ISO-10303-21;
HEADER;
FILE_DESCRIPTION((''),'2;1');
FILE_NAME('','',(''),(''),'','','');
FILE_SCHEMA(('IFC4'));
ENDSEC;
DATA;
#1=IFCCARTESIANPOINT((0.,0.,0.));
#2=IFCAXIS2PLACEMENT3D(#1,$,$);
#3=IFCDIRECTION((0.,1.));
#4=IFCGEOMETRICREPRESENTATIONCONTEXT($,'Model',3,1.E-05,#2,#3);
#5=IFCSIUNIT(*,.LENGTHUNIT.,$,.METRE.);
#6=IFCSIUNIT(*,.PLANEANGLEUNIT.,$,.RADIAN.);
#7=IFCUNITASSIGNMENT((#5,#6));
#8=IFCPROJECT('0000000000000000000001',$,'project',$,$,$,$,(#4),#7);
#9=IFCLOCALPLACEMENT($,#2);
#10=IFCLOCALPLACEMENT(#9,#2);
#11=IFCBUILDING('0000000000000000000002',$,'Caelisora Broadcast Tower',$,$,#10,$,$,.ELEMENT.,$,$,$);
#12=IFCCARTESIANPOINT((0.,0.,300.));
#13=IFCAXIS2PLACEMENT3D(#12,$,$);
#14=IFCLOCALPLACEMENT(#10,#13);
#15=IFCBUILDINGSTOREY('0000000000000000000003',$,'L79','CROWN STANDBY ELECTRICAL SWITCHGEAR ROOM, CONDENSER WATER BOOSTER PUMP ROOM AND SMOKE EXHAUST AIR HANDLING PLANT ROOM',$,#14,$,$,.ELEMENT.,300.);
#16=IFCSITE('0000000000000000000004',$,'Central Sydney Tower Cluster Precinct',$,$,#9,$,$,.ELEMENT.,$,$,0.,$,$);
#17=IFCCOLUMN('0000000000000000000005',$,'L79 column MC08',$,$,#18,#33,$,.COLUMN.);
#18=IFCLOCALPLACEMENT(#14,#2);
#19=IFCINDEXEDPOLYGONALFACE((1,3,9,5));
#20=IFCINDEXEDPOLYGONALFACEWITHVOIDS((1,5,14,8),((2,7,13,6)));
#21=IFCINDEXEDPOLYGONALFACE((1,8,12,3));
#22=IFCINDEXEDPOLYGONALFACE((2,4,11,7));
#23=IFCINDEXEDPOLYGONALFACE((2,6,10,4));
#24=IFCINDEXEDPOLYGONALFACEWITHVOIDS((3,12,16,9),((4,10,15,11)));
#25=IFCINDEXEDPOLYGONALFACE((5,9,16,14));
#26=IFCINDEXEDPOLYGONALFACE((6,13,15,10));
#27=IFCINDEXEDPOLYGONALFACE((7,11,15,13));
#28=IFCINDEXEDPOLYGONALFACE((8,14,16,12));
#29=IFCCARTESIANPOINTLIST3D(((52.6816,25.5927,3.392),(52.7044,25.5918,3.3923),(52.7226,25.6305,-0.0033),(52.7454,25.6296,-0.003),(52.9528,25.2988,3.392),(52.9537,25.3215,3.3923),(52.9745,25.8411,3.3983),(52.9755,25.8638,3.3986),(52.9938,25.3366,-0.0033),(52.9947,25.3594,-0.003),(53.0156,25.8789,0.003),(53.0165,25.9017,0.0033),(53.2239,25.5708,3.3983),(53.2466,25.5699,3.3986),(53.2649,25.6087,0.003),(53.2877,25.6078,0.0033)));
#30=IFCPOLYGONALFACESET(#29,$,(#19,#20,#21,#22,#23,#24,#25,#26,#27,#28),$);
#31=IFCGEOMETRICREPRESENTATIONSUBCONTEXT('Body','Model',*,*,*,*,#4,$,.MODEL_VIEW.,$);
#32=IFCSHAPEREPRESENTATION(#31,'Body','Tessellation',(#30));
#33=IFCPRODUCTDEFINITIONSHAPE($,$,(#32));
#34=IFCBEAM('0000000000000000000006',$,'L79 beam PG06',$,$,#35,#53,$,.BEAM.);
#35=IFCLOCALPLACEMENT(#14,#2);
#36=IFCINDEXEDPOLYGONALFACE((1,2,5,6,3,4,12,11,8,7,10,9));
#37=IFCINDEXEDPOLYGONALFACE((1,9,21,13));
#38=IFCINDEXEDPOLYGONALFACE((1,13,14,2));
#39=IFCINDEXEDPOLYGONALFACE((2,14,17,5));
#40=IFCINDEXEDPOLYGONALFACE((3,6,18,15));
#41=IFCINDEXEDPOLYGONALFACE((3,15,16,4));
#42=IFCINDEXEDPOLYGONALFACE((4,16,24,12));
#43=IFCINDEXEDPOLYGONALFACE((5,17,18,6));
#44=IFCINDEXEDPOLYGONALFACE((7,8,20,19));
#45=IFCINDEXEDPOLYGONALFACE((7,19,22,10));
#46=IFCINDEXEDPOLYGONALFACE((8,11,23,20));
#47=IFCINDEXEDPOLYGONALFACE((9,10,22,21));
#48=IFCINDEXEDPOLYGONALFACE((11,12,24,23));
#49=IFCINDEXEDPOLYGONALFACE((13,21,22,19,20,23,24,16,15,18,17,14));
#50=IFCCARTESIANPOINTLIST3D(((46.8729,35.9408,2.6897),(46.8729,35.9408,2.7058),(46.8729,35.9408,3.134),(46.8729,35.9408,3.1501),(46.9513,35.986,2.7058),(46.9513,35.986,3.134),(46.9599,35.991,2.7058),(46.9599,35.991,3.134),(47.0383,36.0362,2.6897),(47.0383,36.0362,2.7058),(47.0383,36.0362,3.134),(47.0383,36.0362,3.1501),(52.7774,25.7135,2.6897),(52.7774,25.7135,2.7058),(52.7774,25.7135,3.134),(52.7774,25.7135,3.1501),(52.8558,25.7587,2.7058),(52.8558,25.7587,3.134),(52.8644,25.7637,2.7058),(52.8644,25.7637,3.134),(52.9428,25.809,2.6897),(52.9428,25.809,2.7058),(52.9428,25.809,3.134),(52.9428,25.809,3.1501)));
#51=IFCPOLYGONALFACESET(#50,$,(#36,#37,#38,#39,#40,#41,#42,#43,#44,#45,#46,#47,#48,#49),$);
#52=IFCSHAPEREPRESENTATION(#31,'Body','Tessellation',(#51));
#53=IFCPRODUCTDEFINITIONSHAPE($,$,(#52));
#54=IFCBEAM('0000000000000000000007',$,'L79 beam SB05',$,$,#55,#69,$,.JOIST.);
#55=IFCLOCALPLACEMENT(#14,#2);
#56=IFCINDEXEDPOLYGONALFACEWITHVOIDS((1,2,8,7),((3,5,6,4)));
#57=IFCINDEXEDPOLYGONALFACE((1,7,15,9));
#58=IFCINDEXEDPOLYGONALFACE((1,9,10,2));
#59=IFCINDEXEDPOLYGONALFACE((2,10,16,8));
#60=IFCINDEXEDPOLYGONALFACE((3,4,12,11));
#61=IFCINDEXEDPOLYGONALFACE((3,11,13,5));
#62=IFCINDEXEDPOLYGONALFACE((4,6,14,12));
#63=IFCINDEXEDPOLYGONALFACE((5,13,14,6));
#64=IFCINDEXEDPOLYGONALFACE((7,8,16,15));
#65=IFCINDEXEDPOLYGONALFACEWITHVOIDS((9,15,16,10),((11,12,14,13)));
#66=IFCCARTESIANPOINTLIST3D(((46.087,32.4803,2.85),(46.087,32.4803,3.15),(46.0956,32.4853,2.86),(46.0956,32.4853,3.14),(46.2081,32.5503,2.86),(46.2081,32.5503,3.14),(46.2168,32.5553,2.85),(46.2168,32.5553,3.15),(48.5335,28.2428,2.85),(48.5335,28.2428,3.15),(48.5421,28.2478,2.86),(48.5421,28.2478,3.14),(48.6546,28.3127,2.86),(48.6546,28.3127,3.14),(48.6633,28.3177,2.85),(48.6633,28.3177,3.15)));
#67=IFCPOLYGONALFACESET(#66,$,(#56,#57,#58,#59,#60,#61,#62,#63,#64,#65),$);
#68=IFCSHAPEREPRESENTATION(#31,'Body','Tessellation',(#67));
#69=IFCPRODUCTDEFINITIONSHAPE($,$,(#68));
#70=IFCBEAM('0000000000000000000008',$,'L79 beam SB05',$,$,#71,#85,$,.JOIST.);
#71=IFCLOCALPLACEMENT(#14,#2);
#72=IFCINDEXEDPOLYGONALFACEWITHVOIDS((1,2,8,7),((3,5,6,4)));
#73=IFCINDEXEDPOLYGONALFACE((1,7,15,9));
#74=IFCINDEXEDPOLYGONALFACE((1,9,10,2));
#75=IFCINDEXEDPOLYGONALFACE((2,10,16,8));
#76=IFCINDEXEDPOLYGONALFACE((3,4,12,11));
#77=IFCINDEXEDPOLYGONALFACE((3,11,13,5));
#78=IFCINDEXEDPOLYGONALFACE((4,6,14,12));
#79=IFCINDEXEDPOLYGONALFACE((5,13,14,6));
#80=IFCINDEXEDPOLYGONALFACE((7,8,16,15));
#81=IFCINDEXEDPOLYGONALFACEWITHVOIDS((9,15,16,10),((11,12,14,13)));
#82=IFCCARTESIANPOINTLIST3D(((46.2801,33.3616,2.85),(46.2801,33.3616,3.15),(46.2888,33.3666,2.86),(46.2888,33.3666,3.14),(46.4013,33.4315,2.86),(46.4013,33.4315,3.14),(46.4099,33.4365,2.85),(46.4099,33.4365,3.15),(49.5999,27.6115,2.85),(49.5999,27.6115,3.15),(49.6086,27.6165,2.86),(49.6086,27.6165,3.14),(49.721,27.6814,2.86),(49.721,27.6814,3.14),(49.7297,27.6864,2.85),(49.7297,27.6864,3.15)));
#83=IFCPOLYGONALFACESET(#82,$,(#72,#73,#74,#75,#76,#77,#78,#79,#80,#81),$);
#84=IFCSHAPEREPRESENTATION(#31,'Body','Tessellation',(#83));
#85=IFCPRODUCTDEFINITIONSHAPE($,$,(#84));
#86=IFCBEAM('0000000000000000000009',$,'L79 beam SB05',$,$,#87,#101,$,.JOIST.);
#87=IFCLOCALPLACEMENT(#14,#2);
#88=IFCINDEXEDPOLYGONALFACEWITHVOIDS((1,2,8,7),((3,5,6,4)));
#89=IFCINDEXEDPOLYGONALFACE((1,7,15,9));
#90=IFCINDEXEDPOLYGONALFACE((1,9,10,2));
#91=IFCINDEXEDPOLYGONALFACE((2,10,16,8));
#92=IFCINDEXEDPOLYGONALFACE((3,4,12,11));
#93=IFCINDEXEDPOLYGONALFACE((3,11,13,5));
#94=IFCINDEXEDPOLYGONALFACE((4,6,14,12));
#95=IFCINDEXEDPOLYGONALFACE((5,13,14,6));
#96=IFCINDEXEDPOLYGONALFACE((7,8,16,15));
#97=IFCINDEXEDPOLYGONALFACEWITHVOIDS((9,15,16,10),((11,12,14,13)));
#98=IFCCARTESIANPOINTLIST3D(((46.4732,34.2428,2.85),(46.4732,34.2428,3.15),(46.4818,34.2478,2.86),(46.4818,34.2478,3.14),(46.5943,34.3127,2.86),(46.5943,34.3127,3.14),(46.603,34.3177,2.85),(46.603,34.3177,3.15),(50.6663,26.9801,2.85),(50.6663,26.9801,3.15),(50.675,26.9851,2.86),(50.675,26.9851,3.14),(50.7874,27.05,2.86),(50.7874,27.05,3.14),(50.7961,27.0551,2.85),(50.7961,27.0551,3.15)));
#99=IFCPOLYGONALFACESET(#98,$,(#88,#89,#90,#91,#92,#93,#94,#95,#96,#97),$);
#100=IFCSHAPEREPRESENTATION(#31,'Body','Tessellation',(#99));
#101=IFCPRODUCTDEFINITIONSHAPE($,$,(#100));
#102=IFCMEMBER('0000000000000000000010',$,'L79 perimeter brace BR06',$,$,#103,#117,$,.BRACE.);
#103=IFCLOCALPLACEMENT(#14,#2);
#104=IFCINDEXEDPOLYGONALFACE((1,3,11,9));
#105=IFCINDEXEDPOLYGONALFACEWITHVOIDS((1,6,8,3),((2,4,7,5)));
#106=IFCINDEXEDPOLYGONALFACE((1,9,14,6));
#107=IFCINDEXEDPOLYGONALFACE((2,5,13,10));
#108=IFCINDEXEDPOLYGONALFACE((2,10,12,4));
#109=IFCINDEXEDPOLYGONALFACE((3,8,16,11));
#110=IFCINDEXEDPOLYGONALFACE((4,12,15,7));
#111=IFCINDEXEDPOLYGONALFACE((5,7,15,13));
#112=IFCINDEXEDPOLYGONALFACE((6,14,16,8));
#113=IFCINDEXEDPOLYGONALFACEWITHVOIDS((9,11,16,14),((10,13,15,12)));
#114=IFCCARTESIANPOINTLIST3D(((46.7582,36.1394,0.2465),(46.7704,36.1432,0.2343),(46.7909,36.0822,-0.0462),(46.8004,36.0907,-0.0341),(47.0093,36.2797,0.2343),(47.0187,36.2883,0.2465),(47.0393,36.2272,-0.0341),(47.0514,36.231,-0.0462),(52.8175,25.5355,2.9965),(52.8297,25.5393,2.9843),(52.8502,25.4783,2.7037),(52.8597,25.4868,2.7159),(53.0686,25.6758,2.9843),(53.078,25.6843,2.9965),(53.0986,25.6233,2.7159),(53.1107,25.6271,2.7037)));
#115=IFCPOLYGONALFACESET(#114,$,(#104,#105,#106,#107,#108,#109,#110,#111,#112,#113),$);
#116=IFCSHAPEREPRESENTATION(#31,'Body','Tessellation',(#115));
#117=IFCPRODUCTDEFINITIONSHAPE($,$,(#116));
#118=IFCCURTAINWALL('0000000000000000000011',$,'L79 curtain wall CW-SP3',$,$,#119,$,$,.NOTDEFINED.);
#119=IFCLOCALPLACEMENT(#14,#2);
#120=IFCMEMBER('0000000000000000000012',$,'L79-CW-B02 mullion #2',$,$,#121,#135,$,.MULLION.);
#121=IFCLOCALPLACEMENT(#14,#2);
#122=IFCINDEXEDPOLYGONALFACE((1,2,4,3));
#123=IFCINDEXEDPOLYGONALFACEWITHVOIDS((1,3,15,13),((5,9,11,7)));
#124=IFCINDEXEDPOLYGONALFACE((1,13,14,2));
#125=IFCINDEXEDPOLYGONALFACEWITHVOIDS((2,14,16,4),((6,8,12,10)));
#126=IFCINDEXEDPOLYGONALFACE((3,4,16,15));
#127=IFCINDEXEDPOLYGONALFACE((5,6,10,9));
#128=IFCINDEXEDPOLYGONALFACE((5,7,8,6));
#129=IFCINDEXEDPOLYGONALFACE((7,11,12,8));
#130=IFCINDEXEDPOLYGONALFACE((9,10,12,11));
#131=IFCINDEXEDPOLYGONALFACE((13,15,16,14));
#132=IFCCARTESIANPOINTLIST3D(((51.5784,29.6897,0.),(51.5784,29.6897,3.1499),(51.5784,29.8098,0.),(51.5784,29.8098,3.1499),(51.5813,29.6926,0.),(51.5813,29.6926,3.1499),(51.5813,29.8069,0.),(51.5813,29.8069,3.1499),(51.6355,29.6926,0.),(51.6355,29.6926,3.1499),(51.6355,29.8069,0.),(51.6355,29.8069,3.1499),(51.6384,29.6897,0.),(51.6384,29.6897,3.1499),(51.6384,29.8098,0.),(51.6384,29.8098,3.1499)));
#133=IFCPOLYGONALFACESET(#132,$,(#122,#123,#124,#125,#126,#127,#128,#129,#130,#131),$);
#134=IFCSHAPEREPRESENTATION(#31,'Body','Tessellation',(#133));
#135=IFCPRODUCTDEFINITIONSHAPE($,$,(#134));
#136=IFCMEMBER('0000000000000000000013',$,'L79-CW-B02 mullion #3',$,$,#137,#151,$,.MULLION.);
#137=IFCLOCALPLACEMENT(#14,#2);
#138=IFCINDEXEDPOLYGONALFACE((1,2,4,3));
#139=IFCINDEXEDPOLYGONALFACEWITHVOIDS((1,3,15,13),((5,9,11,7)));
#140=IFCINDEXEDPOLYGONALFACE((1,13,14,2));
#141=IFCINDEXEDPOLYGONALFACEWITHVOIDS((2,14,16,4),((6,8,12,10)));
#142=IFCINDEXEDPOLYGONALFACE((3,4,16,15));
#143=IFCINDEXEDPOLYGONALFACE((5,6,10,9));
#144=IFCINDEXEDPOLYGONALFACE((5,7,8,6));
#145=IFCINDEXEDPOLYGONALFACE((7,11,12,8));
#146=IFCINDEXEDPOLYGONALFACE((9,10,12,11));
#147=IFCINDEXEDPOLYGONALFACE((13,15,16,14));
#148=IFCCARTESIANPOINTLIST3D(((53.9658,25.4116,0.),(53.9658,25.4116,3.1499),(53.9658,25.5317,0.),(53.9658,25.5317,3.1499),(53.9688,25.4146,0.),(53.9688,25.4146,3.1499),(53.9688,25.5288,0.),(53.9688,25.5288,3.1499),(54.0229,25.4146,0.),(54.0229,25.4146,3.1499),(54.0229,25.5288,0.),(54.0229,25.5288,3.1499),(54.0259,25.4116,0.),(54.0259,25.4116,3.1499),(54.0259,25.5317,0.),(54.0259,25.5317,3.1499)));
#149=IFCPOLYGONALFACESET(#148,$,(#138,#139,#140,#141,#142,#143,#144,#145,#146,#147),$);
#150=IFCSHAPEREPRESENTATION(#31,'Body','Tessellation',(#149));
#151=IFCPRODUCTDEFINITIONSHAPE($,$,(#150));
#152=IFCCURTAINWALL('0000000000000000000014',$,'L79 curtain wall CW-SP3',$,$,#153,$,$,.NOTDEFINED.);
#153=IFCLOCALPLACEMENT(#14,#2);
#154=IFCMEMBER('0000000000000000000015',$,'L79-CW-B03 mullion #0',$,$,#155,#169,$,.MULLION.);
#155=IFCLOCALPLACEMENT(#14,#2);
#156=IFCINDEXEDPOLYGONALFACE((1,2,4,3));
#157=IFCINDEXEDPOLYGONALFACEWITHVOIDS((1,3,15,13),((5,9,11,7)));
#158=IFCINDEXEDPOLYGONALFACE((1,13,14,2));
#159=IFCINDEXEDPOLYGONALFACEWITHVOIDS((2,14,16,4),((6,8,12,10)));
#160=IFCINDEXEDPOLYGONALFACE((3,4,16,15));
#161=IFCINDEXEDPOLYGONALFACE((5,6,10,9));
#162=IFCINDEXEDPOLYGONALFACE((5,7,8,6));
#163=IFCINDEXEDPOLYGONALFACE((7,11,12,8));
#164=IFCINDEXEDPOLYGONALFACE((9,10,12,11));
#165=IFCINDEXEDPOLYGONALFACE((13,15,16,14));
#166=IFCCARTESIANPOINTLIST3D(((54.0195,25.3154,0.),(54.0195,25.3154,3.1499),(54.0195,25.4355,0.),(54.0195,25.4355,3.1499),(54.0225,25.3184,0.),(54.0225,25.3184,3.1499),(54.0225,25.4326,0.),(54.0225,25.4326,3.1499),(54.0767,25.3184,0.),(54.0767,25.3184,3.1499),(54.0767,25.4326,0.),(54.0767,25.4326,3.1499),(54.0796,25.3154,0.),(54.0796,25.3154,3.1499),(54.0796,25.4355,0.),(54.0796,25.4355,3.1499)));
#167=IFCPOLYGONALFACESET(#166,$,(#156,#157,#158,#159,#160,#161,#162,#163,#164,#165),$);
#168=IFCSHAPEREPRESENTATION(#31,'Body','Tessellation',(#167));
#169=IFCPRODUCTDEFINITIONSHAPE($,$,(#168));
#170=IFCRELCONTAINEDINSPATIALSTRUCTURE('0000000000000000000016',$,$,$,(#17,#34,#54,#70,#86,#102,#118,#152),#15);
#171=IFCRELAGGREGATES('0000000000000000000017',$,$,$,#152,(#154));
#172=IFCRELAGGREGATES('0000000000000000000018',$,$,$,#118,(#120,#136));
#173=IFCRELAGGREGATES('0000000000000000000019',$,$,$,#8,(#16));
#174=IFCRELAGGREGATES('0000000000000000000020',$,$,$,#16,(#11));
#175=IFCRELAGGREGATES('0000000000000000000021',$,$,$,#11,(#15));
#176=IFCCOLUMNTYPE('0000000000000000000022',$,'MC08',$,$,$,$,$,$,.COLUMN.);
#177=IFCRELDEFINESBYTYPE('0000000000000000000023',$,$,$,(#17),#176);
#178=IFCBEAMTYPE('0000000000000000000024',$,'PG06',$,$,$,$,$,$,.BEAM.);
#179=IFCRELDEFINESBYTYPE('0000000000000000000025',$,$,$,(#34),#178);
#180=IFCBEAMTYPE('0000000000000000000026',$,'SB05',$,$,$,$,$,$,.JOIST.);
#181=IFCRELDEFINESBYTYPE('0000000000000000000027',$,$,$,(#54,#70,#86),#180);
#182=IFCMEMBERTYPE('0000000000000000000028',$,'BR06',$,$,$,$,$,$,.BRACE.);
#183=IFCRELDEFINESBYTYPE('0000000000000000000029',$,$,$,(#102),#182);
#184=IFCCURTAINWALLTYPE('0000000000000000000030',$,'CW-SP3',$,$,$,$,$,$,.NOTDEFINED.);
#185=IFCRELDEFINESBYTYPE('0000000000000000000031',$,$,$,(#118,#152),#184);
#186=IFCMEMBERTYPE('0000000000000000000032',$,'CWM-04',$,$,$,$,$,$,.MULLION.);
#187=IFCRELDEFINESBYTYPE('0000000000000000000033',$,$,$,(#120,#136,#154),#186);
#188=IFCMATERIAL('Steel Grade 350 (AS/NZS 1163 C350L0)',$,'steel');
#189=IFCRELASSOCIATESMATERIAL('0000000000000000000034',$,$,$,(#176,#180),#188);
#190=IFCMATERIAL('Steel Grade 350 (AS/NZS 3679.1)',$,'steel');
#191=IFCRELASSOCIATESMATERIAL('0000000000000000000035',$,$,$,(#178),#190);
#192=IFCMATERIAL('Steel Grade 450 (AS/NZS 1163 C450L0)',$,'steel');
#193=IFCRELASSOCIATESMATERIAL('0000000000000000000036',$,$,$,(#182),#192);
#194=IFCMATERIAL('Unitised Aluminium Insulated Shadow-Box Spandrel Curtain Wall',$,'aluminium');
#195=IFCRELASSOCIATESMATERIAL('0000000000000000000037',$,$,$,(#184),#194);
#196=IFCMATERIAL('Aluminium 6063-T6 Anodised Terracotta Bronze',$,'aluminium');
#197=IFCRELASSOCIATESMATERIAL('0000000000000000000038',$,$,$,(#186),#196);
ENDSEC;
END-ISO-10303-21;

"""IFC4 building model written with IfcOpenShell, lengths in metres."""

from ifc_helpers import new_model, si_unit, direction, frame, origin, origin_2d, place, context, subcontext, project, spatial, hollow_rectangle, i_section, extrude, source, transform, mapped, material, material_profile, profile_set, type_object, type_shapes, element, aggregate, save


model = new_model("IFC4")

# Units and contexts
model_context = context("Model", 3, precision=1e-05, world=origin(), true_north=direction((0.0, 1.0)))
body_context = subcontext(model_context, "Body", "Model", "MODEL_VIEW")
ifc_project = project(units=[si_unit("LENGTHUNIT", "METRE"), si_unit("PLANEANGLEUNIT", "RADIAN")], contexts=[model_context])

# Site, building, storey
site_placement = place(None, origin())
site = spatial("IfcSite", under=ifc_project, at=site_placement, Name="Central Sydney Tower Cluster Precinct", CompositionType="ELEMENT", RefElevation=0.0)
building_placement = place(site_placement, origin())
building = spatial("IfcBuilding", under=site, at=building_placement, Name="Caelisora Broadcast Tower", CompositionType="ELEMENT")
storey_placement = place(building_placement, frame((0.0, 0.0, 300.0)))
storey = spatial("IfcBuildingStorey", under=building, at=storey_placement, Name="L79", Description="CROWN STANDBY ELECTRICAL SWITCHGEAR ROOM, CONDENSER WATER BOOSTER PUMP ROOM AND SMOKE EXHAUST AIR HANDLING PLANT ROOM", CompositionType="ELEMENT", Elevation=300.0)

# Column
ifc_material_1 = material(Name="Steel Grade 350 (AS/NZS 1163 C350L0)", Category="steel")
ifc_material_profile_1 = material_profile(ifc_material_1, hollow_rectangle(XDim=0.3999, YDim=0.3999, WallThickness=0.0161, at=origin_2d()), Name="Steel Grade 350 (AS/NZS 1163 C350L0)")
ifc_profile_set_1 = profile_set([ifc_material_profile_1], Name="Steel Grade 350 (AS/NZS 1163 C350L0)")
column_type = type_object("IfcColumnType", Name="MC08", PredefinedType="COLUMN", material=ifc_profile_set_1)
shared_shape_1 = source(origin(), body_context, "Body", "SweptSolid", [
    extrude(hollow_rectangle(XDim=0.3999, YDim=0.3999, WallThickness=0.0161, at=origin_2d()), origin(), (0.0, 0.0, 1.0), 3.3958),
])
type_shapes(column_type, [shared_shape_1])
column_placement = place(storey_placement, frame((53.0051, 25.6191, 0.0), z_axis=(-0.012079, -0.011144, 0.999865), x_axis=(0.678098, -0.734971, 0.0)))
element("IfcColumn", 1, at=column_placement, inside=storey, type_object=column_type, Name="L79 column MC08", PredefinedType="COLUMN", context=body_context, shape_type="MappedRepresentation", body=[
    mapped(shared_shape_1, transform((0.0, 0.0, 0.0), scale=1.0)),
])

# Beams
ifc_material_2 = material(Name="Steel Grade 350 (AS/NZS 3679.1)", Category="steel")
ifc_material_profile_2 = material_profile(ifc_material_2, i_section(OverallWidth=0.1909, OverallDepth=0.4604, WebThickness=0.01, FlangeThickness=0.0161, at=origin_2d()), Name="Steel Grade 350 (AS/NZS 3679.1)")
ifc_profile_set_2 = profile_set([ifc_material_profile_2], Name="Steel Grade 350 (AS/NZS 3679.1)")
beam_type_1 = type_object("IfcBeamType", Name="PG06", PredefinedType="BEAM", material=ifc_profile_set_2)
shared_shape_2 = source(origin(), body_context, "Body", "SweptSolid", [
    extrude(i_section(OverallWidth=0.1909, OverallDepth=0.4604, WebThickness=0.01, FlangeThickness=0.0161, at=origin_2d()), origin(), (0.0, 0.0, 1.0), 11.8093),
])
type_shapes(beam_type_1, [shared_shape_2])
beam_1_placement = place(storey_placement, frame((52.8601, 25.7612, 2.9199), z_axis=(-0.499988, 0.866032, 0.0), x_axis=(-0.866032, -0.499988, 0.0)))
element("IfcBeam", 2, at=beam_1_placement, inside=storey, type_object=beam_type_1, Name="L79 beam PG06", PredefinedType="BEAM", context=body_context, shape_type="MappedRepresentation", body=[
    mapped(shared_shape_2, transform((0.0, 0.0, 0.0), scale=1.0)),
])
ifc_material_profile_3 = material_profile(ifc_material_1, hollow_rectangle(XDim=0.1499, YDim=0.3, WallThickness=0.01, at=origin_2d()), Name="Steel Grade 350 (AS/NZS 1163 C350L0)")
ifc_profile_set_3 = profile_set([ifc_material_profile_3], Name="Steel Grade 350 (AS/NZS 1163 C350L0)")
beam_type_2 = type_object("IfcBeamType", Name="SB05", PredefinedType="JOIST", material=ifc_profile_set_3)
shared_shape_3 = source(origin(), body_context, "Body", "SweptSolid", [
    extrude(hollow_rectangle(XDim=0.1499, YDim=0.3, WallThickness=0.01, at=origin_2d()), origin(), (0.0, 0.0, 1.0), 4.8931),
])
beam_2_placement = place(storey_placement, frame((48.5984, 28.2803, 3.0), z_axis=(-0.499997, 0.866027, 0.0), x_axis=(-0.866027, -0.499997, 0.0)))
element("IfcBeam", 3, at=beam_2_placement, inside=storey, type_object=beam_type_2, Name="L79 beam SB05", PredefinedType="JOIST", context=body_context, shape_type="MappedRepresentation", body=[
    mapped(shared_shape_3, transform((0.0, 0.0, 0.0), scale=1.0)),
])
shared_shape_4 = source(origin(), body_context, "Body", "SweptSolid", [
    extrude(hollow_rectangle(XDim=0.1499, YDim=0.3, WallThickness=0.01, at=origin_2d()), origin(), (0.0, 0.0, 1.0), 6.6396),
])
beam_3_placement = place(storey_placement, frame((49.6648, 27.6489, 3.0), z_axis=(-0.499991, 0.866031, 0.0), x_axis=(-0.866031, -0.499991, 0.0)))
element("IfcBeam", 4, at=beam_3_placement, inside=storey, type_object=beam_type_2, Name="L79 beam SB05", PredefinedType="JOIST", context=body_context, shape_type="MappedRepresentation", body=[
    mapped(shared_shape_4, transform((0.0, 0.0, 0.0), scale=1.0)),
])
shared_shape_5 = source(origin(), body_context, "Body", "SweptSolid", [
    extrude(hollow_rectangle(XDim=0.1499, YDim=0.3, WallThickness=0.01, at=origin_2d()), origin(), (0.0, 0.0, 1.0), 8.3862),
])
type_shapes(beam_type_2, [shared_shape_3, shared_shape_4, shared_shape_5])
beam_4_placement = place(storey_placement, frame((50.7312, 27.0176, 3.0), z_axis=(-0.5, 0.866026, 0.0), x_axis=(-0.866026, -0.5, 0.0)))
element("IfcBeam", 5, at=beam_4_placement, inside=storey, type_object=beam_type_2, Name="L79 beam SB05", PredefinedType="JOIST", context=body_context, shape_type="MappedRepresentation", body=[
    mapped(shared_shape_5, transform((0.0, 0.0, 0.0), scale=1.0)),
])

# Member
ifc_material_3 = material(Name="Steel Grade 450 (AS/NZS 1163 C450L0)", Category="steel")
ifc_material_profile_4 = material_profile(ifc_material_3, hollow_rectangle(XDim=0.3, YDim=0.3, WallThickness=0.0125, at=origin_2d()), Name="Steel Grade 450 (AS/NZS 1163 C450L0)")
ifc_profile_set_4 = profile_set([ifc_material_profile_4], Name="Steel Grade 450 (AS/NZS 1163 C450L0)")
member_type_1 = type_object("IfcMemberType", Name="BR06", PredefinedType="BRACE", material=ifc_profile_set_4)
shared_shape_6 = source(origin(), body_context, "Body", "SweptSolid", [
    extrude(hollow_rectangle(XDim=0.3, YDim=0.3, WallThickness=0.0125, at=origin_2d()), origin(), (0.0, 0.0, 1.0), 12.5188),
])
type_shapes(member_type_1, [shared_shape_6])
member_1_placement = place(storey_placement, frame((52.9641, 25.5813, 2.8501), z_axis=(-0.484014, 0.84704, -0.219668), x_axis=(-0.868247, -0.496132, 0.0)))
element("IfcMember", 6, at=member_1_placement, inside=storey, type_object=member_type_1, Name="L79 perimeter brace BR06", PredefinedType="BRACE", context=body_context, shape_type="MappedRepresentation", body=[
    mapped(shared_shape_6, transform((0.0, 0.0, 0.0), scale=1.0)),
])

# Curtain walls, members
ifc_material_4 = material(Name="Unitised Aluminium Insulated Shadow-Box Spandrel Curtain Wall", Category="aluminium")
curtain_wall_type = type_object("IfcCurtainWallType", Name="CW-SP3", PredefinedType="NOTDEFINED", material=ifc_material_4)
curtain_wall_1_placement = place(storey_placement, origin())
curtain_wall_1 = element("IfcCurtainWall", 7, at=curtain_wall_1_placement, inside=storey, type_object=curtain_wall_type, Name="L79 curtain wall CW-SP3", PredefinedType="NOTDEFINED")
ifc_material_5 = material(Name="Aluminium 6063-T6 Anodised Terracotta Bronze", Category="aluminium")
ifc_material_profile_5 = material_profile(ifc_material_5, hollow_rectangle(XDim=0.0601, YDim=0.1201, WallThickness=0.0029, at=origin_2d()), Name="Aluminium 6063-T6 Anodised Terracotta Bronze")
ifc_profile_set_5 = profile_set([ifc_material_profile_5], Name="Aluminium 6063-T6 Anodised Terracotta Bronze")
member_type_2 = type_object("IfcMemberType", Name="CWM-04", PredefinedType="MULLION", material=ifc_profile_set_5)
shared_shape_7 = source(origin(), body_context, "Body", "SweptSolid", [
    extrude(hollow_rectangle(XDim=0.0601, YDim=0.1201, WallThickness=0.0029, at=origin_2d()), origin(), (0.0, 0.0, 1.0), 3.1499),
])
type_shapes(member_type_2, [shared_shape_7])
member_2_placement = place(storey_placement, frame((51.6084, 29.7498, 0.0), z_axis=(0.0, 0.0, 1.0), x_axis=(1.0, 0.0, 0.0)))
member_2 = element("IfcMember", 8, at=member_2_placement, type_object=member_type_2, Name="L79-CW-B02 mullion #2", PredefinedType="MULLION", context=body_context, shape_type="MappedRepresentation", body=[
    mapped(shared_shape_7, transform((0.0, 0.0, 0.0), scale=1.0)),
])
member_3_placement = place(storey_placement, frame((53.9958, 25.4717, 0.0), z_axis=(0.0, 0.0, 1.0), x_axis=(1.0, 0.0, 0.0)))
member_3 = element("IfcMember", 9, at=member_3_placement, type_object=member_type_2, Name="L79-CW-B02 mullion #3", PredefinedType="MULLION", context=body_context, shape_type="MappedRepresentation", body=[
    mapped(shared_shape_7, transform((0.0, 0.0, 0.0), scale=1.0)),
])
curtain_wall_2_placement = place(storey_placement, origin())
curtain_wall_2 = element("IfcCurtainWall", 10, at=curtain_wall_2_placement, inside=storey, type_object=curtain_wall_type, Name="L79 curtain wall CW-SP3", PredefinedType="NOTDEFINED")
member_4_placement = place(storey_placement, frame((54.0496, 25.3755, 0.0), z_axis=(0.0, 0.0, 1.0), x_axis=(1.0, 0.0, 0.0)))
member_4 = element("IfcMember", 11, at=member_4_placement, type_object=member_type_2, Name="L79-CW-B03 mullion #0", PredefinedType="MULLION", context=body_context, shape_type="MappedRepresentation", body=[
    mapped(shared_shape_7, transform((0.0, 0.0, 0.0), scale=1.0)),
])

aggregate(curtain_wall_2, [member_4])
aggregate(curtain_wall_1, [member_2, member_3])

save(model, "model.ifc")
